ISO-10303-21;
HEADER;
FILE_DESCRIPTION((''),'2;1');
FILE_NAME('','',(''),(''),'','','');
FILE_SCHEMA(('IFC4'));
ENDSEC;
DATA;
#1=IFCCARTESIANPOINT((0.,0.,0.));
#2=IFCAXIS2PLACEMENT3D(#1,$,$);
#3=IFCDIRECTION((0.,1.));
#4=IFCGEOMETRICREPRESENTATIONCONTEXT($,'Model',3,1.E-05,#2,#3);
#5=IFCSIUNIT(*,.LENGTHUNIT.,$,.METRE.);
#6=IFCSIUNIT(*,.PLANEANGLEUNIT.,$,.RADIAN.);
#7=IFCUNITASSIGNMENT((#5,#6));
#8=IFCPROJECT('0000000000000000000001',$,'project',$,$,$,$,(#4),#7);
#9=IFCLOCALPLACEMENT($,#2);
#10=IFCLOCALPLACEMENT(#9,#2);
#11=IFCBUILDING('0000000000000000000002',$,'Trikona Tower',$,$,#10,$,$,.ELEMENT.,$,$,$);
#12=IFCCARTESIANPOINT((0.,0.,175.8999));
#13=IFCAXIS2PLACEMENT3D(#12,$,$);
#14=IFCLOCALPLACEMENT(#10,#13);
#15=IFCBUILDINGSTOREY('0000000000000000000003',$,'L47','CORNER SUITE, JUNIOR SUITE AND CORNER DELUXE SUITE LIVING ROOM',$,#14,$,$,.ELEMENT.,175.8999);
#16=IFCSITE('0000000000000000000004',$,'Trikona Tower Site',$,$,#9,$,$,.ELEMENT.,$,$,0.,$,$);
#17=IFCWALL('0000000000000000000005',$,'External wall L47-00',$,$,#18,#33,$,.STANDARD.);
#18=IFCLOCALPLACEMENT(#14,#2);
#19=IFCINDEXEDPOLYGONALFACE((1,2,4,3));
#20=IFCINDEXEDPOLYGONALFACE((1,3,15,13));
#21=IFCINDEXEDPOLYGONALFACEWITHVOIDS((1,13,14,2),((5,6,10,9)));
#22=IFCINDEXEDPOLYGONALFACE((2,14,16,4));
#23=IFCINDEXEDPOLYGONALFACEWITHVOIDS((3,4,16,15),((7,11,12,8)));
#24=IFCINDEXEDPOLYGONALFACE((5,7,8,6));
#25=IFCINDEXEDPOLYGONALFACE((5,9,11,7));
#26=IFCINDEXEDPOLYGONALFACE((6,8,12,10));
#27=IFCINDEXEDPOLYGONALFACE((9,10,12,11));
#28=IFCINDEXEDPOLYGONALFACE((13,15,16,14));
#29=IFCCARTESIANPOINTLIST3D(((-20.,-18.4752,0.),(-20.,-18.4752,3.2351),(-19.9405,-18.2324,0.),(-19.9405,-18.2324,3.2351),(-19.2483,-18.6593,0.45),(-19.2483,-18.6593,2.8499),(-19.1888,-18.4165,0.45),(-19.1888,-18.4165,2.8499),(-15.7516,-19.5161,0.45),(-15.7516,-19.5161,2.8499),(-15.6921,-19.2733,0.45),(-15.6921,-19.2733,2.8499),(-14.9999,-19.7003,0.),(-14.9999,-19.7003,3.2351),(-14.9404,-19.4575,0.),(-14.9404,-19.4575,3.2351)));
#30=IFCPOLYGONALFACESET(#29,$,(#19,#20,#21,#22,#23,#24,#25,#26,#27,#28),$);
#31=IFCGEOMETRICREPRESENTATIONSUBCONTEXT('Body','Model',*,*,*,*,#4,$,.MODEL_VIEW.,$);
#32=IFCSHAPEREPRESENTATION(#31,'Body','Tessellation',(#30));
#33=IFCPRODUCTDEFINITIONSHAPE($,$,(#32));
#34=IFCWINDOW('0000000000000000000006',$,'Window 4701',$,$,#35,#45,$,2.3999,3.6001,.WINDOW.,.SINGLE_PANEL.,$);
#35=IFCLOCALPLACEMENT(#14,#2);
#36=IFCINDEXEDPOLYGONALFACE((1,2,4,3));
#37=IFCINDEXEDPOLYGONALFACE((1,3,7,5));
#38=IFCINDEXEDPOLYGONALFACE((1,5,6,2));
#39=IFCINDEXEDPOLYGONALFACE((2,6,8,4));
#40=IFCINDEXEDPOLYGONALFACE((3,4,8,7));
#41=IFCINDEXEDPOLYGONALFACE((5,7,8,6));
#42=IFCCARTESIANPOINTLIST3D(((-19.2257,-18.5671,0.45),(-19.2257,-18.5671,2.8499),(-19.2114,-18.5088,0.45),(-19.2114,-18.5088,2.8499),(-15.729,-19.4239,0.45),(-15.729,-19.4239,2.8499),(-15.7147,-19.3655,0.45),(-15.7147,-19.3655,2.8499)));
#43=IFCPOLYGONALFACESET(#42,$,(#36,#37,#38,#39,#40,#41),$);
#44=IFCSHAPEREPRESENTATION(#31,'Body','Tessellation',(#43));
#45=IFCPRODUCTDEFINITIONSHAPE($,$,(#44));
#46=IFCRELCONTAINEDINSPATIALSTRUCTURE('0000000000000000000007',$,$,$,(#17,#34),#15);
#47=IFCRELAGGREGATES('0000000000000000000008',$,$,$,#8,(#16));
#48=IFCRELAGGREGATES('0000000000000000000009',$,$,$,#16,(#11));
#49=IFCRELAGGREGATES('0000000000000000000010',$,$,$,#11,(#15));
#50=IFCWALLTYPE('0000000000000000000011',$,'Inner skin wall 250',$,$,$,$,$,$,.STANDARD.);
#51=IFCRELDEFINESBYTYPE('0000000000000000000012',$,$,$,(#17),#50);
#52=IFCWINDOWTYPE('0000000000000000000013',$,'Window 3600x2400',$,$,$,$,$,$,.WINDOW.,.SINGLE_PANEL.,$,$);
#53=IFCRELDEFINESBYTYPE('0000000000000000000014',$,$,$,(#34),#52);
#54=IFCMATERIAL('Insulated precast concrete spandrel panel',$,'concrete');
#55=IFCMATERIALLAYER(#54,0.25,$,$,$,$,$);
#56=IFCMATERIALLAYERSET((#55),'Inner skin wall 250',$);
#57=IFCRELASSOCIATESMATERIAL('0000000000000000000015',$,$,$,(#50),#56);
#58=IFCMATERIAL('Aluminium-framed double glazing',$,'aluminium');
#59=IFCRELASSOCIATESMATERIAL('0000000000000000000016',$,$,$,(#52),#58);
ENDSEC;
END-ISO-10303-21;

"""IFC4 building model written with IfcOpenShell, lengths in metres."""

from ifc_helpers import new_model, si_unit, direction, frame, frame_2d, origin, place, context, subcontext, project, spatial, rectangle, extrude, material, layer, layer_set, type_object, element, fill, save


model = new_model("IFC4")

# Units and contexts
model_context = context("Model", 3, precision=1e-05, world=origin(), true_north=direction((0.0, 1.0)))
body_context = subcontext(model_context, "Body", "Model", "MODEL_VIEW")
ifc_project = project(units=[si_unit("LENGTHUNIT", "METRE"), si_unit("PLANEANGLEUNIT", "RADIAN")], contexts=[model_context])

# Site, building, storey
site_placement = place(None, origin())
site = spatial("IfcSite", under=ifc_project, at=site_placement, Name="Trikona Tower Site", CompositionType="ELEMENT", RefElevation=0.0)
building_placement = place(site_placement, origin())
building = spatial("IfcBuilding", under=site, at=building_placement, Name="Trikona Tower", CompositionType="ELEMENT")
storey_placement = place(building_placement, frame((0.0, 0.0, 175.8999)))
storey = spatial("IfcBuildingStorey", under=building, at=storey_placement, Name="L47", Description="CORNER SUITE, JUNIOR SUITE AND CORNER DELUXE SUITE LIVING ROOM", CompositionType="ELEMENT", Elevation=175.8999)

# Wall, opening, window
ifc_material_1 = material(Name="Insulated precast concrete spandrel panel", Category="concrete")
ifc_layer_1 = layer(ifc_material_1, 0.25)
ifc_layer_set_1 = layer_set([ifc_layer_1], Name="Inner skin wall 250")
wall_type_1 = type_object("IfcWallType", Name="Inner skin wall 250", PredefinedType="STANDARD", material=ifc_layer_set_1)
wall_1_placement = place(storey_placement, frame((-19.9702, -18.3538, 0.0), z_axis=(0.0, 0.0, 1.0), x_axis=(0.97127, -0.23798, 0.0)))
wall_1 = element("IfcWall", 1, at=wall_1_placement, inside=storey, type_object=wall_type_1, Name="External wall L47-00", PredefinedType="STANDARD", context=body_context, shape_type="SweptSolid", body=[
    extrude(rectangle(XDim=5.1479, YDim=0.25, at=frame_2d((2.574, 0.0))), origin(), (0.0, 0.0, 1.0), 3.2351),
])
opening_1_placement = place(wall_1_placement, frame((0.7739, 0.0, 0.45)))
opening_1 = element("IfcOpeningElement", 2, at=opening_1_placement, cuts=wall_1, PredefinedType="OPENING", context=body_context, shape_type="SweptSolid", body=[
    extrude(rectangle(XDim=3.6001, YDim=2.3999, at=frame_2d((1.8, 1.2))), frame((0.0, 0.135, 0.0), z_axis=(0.0, -1.0, 0.0), x_axis=(1.0, 0.0, 0.0)), (0.0, 0.0, 1.0), 0.27),
])
ifc_material_2 = material(Name="Aluminium-framed double glazing", Category="aluminium")
window_type_1 = type_object("IfcWindowType", Name="Window 3600x2400", PartitioningType="SINGLE_PANEL", PredefinedType="WINDOW", material=ifc_material_2)
window_1_placement = place(opening_1_placement, origin())
window_1 = element("IfcWindow", 3, at=window_1_placement, inside=storey, type_object=window_type_1, Name="Window 4701", OverallHeight=2.3999, OverallWidth=3.6001, PartitioningType="SINGLE_PANEL", PredefinedType="WINDOW", context=body_context, shape_type="SweptSolid", body=[
    extrude(rectangle(XDim=3.6001, YDim=2.3999, at=frame_2d((1.8, 1.2))), frame((0.0, 0.03, 0.0), z_axis=(0.0, -1.0, 0.0), x_axis=(1.0, 0.0, 0.0)), (0.0, 0.0, 1.0), 0.0601),
])
fill(opening_1, window_1)

save(model, "model.ifc")
